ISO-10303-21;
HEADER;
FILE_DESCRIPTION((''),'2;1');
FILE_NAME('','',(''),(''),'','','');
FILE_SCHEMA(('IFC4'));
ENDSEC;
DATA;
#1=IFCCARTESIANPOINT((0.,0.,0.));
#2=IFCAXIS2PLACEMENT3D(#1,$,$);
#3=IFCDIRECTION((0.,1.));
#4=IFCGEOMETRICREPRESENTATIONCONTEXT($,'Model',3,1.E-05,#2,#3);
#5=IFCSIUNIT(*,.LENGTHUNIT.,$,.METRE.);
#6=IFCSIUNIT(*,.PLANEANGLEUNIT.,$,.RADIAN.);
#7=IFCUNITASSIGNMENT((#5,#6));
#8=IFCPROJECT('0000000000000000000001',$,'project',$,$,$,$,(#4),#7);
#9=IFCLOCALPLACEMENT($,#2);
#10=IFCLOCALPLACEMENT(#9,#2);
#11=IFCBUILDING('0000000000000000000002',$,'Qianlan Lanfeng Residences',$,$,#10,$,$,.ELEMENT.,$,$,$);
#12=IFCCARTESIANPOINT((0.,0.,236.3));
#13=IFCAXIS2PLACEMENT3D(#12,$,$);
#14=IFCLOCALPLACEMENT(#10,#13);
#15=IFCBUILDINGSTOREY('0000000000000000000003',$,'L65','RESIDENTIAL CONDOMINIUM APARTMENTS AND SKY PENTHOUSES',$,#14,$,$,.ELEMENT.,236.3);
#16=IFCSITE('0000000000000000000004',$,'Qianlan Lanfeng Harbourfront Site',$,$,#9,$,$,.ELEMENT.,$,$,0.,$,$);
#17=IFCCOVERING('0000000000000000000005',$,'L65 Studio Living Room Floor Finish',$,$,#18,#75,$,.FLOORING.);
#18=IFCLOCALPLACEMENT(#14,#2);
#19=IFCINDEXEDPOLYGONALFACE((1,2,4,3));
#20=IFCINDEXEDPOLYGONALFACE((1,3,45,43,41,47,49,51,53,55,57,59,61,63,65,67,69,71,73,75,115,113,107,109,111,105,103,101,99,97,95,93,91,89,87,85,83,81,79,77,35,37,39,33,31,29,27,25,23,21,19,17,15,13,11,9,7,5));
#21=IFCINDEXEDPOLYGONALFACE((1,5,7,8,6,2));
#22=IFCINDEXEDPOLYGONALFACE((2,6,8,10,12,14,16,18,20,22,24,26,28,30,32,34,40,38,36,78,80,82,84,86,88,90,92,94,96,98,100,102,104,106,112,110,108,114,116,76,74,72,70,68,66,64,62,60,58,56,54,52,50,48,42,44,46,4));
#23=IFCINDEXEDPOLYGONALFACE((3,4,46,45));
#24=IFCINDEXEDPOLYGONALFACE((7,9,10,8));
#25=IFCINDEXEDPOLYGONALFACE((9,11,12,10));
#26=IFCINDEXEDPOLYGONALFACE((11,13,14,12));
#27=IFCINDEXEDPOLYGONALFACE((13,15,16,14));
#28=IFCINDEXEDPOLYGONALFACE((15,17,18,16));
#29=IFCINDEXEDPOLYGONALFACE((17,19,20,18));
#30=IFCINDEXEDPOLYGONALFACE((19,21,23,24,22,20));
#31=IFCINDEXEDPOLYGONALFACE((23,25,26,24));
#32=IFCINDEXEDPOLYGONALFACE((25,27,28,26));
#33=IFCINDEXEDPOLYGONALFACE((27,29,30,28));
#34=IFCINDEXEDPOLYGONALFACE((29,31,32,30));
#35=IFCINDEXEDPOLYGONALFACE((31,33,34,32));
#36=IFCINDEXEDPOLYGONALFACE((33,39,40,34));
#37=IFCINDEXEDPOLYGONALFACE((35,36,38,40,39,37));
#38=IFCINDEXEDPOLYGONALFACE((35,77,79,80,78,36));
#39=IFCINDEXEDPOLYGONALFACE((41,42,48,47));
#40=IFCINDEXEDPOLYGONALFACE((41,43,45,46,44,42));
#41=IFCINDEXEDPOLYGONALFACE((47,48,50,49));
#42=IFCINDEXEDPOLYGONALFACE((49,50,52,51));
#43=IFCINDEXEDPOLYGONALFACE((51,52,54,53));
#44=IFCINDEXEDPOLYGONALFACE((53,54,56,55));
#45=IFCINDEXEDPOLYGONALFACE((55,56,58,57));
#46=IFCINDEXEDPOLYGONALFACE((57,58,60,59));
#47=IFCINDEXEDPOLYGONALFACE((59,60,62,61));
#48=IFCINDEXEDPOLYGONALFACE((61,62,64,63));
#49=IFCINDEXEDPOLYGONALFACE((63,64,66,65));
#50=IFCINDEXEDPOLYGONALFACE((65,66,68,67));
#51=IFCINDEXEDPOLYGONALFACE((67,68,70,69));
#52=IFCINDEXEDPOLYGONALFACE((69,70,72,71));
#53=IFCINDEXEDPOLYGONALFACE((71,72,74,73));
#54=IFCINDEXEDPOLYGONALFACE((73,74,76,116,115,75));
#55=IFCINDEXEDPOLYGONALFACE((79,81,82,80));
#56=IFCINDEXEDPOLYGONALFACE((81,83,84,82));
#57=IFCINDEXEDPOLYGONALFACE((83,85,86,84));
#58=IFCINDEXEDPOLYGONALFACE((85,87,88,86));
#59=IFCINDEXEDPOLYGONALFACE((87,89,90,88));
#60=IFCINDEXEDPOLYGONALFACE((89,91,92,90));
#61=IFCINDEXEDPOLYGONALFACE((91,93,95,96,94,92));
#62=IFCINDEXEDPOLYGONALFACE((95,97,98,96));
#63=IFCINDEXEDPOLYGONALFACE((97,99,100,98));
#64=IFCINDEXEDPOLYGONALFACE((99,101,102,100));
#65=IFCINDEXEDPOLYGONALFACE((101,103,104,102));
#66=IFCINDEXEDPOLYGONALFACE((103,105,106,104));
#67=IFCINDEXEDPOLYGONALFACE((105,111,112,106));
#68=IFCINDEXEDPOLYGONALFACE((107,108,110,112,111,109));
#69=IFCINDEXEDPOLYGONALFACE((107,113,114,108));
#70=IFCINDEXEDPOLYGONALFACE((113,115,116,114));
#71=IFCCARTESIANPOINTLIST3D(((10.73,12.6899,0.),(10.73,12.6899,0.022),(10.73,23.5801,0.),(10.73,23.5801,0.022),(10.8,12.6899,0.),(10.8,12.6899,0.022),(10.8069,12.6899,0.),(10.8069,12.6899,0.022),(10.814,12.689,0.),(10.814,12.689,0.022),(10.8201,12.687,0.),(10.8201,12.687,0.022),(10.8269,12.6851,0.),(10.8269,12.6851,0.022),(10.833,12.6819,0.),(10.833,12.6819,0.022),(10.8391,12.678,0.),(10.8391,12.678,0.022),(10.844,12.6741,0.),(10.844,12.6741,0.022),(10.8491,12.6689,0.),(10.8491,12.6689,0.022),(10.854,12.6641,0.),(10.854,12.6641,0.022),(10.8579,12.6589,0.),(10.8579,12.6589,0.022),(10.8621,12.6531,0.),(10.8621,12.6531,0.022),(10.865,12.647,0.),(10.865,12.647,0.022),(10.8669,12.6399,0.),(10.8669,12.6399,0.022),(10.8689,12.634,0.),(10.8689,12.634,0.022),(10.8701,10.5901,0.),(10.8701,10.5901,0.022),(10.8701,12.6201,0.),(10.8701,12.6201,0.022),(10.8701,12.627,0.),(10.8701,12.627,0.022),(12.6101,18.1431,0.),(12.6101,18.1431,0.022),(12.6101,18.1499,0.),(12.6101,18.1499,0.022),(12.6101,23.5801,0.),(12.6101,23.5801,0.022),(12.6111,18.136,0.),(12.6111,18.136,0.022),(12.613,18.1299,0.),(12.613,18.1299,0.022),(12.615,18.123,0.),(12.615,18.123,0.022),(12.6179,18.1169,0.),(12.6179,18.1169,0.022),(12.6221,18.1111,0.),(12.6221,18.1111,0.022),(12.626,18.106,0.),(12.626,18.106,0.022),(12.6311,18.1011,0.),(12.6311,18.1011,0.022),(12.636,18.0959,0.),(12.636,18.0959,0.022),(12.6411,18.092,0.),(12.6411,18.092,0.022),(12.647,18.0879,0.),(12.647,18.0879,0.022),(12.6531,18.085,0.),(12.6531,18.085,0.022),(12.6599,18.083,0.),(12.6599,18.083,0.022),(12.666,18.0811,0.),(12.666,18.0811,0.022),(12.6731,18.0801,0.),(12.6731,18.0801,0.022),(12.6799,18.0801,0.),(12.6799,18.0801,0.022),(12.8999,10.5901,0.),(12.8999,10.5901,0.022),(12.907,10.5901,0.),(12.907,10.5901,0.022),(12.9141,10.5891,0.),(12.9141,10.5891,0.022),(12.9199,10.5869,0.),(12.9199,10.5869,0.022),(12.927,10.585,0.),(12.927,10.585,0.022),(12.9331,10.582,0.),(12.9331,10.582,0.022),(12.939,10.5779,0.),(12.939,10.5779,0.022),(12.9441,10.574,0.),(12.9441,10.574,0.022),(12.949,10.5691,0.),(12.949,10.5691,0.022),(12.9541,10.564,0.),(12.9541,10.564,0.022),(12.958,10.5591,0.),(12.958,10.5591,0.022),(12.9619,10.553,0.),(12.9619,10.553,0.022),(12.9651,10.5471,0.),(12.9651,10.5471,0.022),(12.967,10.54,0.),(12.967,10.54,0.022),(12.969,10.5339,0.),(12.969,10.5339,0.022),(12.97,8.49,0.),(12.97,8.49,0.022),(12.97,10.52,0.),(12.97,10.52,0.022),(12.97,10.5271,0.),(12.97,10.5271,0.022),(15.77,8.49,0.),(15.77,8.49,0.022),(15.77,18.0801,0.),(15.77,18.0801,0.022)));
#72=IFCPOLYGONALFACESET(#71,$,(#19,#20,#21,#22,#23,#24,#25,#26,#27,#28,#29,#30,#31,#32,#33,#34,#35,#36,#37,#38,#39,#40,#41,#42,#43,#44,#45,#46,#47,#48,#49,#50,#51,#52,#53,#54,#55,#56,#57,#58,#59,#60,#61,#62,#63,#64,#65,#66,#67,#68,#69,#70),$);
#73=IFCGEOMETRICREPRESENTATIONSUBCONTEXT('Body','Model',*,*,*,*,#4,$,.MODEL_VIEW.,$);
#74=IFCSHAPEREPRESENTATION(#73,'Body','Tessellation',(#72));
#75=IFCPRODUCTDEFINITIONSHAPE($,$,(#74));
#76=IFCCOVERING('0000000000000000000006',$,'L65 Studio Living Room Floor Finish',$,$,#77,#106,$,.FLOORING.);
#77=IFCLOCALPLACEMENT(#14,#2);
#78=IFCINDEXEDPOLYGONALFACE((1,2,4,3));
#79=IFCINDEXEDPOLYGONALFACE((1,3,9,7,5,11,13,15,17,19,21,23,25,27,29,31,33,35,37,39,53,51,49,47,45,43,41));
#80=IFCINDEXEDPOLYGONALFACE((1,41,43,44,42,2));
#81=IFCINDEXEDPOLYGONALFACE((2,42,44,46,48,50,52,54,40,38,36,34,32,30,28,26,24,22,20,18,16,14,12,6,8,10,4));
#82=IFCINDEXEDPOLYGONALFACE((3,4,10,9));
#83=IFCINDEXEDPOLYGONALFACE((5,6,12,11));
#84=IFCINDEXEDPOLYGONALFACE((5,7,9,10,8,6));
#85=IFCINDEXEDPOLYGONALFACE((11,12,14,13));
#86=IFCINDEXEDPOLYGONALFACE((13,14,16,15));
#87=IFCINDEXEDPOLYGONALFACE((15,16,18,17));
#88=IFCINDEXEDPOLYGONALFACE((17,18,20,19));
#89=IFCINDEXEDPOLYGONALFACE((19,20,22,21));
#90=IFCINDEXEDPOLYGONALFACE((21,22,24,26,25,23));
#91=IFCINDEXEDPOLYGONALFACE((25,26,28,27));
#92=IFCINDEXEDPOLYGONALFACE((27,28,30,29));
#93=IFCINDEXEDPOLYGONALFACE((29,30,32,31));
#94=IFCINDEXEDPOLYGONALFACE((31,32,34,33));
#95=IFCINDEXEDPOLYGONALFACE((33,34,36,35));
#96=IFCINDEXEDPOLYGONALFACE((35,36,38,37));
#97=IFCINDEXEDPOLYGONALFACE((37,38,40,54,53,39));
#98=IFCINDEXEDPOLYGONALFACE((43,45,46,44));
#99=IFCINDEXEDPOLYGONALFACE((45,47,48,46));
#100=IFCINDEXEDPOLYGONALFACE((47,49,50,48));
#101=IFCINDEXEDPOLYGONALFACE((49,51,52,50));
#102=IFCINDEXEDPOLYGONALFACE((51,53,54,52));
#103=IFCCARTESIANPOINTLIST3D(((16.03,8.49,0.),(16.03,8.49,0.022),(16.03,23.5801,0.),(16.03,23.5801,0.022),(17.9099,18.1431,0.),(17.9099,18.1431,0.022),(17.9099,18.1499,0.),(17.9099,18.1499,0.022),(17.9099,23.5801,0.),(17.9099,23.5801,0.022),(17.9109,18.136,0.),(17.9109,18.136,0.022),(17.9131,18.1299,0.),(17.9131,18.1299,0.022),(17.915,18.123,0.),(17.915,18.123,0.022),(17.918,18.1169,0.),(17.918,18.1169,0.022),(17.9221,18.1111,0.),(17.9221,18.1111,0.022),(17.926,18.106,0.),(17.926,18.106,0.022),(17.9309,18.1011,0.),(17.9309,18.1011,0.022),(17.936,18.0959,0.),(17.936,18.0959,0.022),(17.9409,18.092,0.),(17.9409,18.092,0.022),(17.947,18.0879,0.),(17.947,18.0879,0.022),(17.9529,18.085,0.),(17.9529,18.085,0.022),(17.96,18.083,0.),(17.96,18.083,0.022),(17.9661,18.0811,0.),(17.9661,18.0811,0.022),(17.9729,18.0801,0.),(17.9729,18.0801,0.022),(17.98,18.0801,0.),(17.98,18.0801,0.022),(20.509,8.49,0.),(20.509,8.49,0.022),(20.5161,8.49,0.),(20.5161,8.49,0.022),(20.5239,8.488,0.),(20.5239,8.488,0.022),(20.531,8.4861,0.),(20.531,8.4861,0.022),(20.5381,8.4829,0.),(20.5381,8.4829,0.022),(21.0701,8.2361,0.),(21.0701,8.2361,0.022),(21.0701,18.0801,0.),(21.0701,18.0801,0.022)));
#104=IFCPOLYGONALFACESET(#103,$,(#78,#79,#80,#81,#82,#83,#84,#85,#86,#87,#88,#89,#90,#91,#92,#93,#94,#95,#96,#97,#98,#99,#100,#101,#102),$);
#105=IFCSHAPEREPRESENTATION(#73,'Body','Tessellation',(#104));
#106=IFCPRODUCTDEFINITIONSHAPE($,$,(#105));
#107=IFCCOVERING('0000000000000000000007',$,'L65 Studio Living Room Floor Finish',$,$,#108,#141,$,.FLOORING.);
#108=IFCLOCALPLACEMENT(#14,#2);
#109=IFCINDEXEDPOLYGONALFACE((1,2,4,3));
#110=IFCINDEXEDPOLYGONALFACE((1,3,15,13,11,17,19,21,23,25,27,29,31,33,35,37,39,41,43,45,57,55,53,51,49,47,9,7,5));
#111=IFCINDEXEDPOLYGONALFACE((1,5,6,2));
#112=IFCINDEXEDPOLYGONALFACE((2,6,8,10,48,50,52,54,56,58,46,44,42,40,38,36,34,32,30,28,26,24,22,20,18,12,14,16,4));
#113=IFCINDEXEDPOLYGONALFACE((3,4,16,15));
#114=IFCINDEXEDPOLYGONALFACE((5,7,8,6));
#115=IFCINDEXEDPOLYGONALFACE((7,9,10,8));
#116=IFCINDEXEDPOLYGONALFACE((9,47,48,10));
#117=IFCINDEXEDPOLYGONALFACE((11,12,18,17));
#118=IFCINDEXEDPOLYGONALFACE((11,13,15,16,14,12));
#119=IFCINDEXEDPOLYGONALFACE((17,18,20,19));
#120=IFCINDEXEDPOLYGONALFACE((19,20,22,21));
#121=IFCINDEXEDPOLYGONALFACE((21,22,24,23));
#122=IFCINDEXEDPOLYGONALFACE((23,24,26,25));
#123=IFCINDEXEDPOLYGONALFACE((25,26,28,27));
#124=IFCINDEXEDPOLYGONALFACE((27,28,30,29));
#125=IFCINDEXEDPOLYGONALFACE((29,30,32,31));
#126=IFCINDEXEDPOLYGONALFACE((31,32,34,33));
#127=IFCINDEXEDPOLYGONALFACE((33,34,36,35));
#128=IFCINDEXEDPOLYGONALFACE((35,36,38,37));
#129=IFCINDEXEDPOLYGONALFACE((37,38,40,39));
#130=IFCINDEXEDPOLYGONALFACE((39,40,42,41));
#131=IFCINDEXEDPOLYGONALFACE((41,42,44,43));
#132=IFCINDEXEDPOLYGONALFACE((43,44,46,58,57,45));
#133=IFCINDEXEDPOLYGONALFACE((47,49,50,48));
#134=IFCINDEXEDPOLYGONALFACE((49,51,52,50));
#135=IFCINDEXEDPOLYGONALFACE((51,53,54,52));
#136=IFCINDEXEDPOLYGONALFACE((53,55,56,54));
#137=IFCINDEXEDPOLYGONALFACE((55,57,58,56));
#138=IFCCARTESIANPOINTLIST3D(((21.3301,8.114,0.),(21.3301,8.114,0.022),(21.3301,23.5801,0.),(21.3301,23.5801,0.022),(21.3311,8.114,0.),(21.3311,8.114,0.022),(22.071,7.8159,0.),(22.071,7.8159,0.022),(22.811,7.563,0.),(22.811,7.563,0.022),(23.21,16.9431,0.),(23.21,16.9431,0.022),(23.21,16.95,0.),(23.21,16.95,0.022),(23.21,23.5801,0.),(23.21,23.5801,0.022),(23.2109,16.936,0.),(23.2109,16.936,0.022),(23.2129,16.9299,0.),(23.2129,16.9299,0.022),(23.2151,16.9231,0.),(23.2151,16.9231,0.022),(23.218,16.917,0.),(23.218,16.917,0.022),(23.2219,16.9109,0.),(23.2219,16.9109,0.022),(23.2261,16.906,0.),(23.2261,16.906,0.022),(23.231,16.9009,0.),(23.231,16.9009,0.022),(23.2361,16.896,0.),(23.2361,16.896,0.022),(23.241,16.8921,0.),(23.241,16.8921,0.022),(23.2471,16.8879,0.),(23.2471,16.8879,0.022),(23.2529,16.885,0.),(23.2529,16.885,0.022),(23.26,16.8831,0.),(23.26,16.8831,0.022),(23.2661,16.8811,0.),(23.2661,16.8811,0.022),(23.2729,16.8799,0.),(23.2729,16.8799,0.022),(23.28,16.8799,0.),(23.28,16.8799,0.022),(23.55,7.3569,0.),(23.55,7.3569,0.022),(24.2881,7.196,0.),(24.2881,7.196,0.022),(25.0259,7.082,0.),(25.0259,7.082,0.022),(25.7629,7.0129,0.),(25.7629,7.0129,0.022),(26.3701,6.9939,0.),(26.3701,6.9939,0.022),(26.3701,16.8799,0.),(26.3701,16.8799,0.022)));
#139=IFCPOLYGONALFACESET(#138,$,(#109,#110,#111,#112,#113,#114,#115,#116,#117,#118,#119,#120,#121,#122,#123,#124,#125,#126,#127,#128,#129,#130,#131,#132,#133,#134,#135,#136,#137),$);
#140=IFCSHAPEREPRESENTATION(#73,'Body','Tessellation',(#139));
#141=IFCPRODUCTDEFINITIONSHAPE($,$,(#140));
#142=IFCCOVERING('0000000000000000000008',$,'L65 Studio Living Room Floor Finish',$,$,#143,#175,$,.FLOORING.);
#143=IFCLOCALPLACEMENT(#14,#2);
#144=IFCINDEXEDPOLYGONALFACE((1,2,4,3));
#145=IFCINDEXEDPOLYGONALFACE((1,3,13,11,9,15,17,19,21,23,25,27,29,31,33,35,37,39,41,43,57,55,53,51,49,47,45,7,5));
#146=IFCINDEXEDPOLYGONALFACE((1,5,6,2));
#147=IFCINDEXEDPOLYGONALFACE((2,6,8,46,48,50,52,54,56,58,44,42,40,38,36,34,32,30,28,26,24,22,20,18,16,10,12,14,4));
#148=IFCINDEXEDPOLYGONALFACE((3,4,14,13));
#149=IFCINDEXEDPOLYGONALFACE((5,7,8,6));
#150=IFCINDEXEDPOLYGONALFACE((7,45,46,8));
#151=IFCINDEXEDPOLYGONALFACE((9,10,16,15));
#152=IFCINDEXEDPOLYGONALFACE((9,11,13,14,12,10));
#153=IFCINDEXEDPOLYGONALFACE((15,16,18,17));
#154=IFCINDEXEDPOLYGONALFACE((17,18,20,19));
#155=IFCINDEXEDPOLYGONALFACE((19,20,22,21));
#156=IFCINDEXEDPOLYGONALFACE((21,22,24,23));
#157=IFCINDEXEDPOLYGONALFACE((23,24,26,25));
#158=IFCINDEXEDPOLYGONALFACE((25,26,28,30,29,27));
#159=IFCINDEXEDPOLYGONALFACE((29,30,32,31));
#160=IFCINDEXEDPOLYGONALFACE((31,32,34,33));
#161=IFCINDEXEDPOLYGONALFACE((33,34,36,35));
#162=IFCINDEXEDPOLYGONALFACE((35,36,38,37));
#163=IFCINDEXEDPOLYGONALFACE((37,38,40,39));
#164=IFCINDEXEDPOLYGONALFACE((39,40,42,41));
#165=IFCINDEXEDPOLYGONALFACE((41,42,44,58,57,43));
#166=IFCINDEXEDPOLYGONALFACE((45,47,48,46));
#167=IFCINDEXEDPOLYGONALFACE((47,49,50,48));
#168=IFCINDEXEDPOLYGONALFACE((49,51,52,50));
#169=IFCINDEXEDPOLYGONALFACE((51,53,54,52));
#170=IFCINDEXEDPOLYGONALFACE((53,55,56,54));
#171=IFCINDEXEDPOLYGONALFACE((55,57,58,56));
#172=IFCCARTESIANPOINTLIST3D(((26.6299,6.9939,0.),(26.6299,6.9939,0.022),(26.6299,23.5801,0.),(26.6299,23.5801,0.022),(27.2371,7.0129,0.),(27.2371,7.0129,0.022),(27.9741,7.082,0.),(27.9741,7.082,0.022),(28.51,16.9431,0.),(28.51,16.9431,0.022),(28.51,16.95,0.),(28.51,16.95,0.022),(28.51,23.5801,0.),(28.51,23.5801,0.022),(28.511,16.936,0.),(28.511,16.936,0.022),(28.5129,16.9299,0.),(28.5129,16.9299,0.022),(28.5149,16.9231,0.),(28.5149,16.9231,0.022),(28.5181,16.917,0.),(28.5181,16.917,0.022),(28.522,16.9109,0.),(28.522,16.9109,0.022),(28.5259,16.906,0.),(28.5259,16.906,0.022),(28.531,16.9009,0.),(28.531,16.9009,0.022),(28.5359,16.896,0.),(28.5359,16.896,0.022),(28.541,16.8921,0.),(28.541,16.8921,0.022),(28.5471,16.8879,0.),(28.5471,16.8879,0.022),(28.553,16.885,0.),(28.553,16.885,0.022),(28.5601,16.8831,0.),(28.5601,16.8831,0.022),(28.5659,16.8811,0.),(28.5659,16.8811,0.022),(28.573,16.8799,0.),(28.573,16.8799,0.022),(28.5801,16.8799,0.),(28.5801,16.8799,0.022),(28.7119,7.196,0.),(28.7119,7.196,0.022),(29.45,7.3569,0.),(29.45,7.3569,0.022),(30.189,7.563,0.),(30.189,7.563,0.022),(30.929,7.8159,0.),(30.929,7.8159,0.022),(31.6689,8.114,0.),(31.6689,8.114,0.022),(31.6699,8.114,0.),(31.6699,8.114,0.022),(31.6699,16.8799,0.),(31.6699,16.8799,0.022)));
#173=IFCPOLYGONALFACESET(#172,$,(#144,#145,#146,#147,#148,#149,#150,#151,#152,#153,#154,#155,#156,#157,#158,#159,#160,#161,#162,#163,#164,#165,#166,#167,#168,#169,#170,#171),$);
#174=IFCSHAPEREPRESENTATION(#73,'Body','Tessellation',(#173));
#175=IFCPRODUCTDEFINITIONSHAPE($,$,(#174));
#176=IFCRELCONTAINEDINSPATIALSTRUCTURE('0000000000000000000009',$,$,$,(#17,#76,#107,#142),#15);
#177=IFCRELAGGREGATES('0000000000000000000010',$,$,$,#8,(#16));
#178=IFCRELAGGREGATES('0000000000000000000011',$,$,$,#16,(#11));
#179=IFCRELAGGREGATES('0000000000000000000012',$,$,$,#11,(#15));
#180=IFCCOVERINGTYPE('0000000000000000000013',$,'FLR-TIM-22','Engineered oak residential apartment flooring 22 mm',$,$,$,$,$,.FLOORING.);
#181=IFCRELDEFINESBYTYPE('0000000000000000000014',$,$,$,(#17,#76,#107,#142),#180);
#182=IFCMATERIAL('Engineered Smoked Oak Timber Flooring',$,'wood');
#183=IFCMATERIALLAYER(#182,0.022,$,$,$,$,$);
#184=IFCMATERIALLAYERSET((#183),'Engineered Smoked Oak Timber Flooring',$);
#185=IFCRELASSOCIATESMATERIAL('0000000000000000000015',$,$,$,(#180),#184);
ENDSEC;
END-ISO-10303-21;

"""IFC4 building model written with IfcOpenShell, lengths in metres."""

from ifc_helpers import new_model, si_unit, direction, frame, origin, place, context, subcontext, project, spatial, polyline, outline, extrude, material, layer, layer_set, type_object, element, save


model = new_model("IFC4")

# Units and contexts
model_context = context("Model", 3, precision=1e-05, world=origin(), true_north=direction((0.0, 1.0)))
body_context = subcontext(model_context, "Body", "Model", "MODEL_VIEW")
ifc_project = project(units=[si_unit("LENGTHUNIT", "METRE"), si_unit("PLANEANGLEUNIT", "RADIAN")], contexts=[model_context])

# Site, building, storey
site_placement = place(None, origin())
site = spatial("IfcSite", under=ifc_project, at=site_placement, Name="Qianlan Lanfeng Harbourfront Site", CompositionType="ELEMENT", RefElevation=0.0)
building_placement = place(site_placement, origin())
building = spatial("IfcBuilding", under=site, at=building_placement, Name="Qianlan Lanfeng Residences", CompositionType="ELEMENT")
storey_placement = place(building_placement, frame((0.0, 0.0, 236.3)))
storey = spatial("IfcBuildingStorey", under=building, at=storey_placement, Name="L65", Description="RESIDENTIAL CONDOMINIUM APARTMENTS AND SKY PENTHOUSES", CompositionType="ELEMENT", Elevation=236.3)

# Coverings
ifc_material_1 = material(Name="Engineered Smoked Oak Timber Flooring", Category="wood")
ifc_layer_1 = layer(ifc_material_1, 0.022)
ifc_layer_set_1 = layer_set([ifc_layer_1], Name="Engineered Smoked Oak Timber Flooring")
covering_type_1 = type_object("IfcCoveringType", Name="FLR-TIM-22", Description="Engineered oak residential apartment flooring 22 mm", PredefinedType="FLOORING", material=ifc_layer_set_1)
covering_1_placement = place(storey_placement, origin())
element("IfcCovering", 1, at=covering_1_placement, inside=storey, type_object=covering_type_1, Name="L65 Studio Living Room Floor Finish", PredefinedType="FLOORING", context=body_context, shape_type="SweptSolid", body=[
    extrude(outline(polyline([(15.77, 8.49), (15.77, 18.0801), (12.6799, 18.0801), (12.6731, 18.0801), (12.666, 18.0811), (12.6599, 18.083), (12.6531, 18.085), (12.647, 18.0879), (12.6411, 18.092), (12.636, 18.0959), (12.6311, 18.1011), (12.626, 18.106), (12.6221, 18.1111), (12.6179, 18.1169), (12.615, 18.123), (12.613, 18.1299), (12.6111, 18.136), (12.6101, 18.1431), (12.6101, 18.1499), (12.6101, 23.5801), (10.73, 23.5801), (10.73, 12.6899), (10.8, 12.6899), (10.8069, 12.6899), (10.814, 12.689), (10.8201, 12.687), (10.8269, 12.6851), (10.833, 12.6819), (10.8391, 12.678), (10.844, 12.6741), (10.8491, 12.6689), (10.854, 12.6641), (10.8579, 12.6589), (10.8621, 12.6531), (10.865, 12.647), (10.8669, 12.6399), (10.8689, 12.634), (10.8701, 12.627), (10.8701, 12.6201), (10.8701, 10.5901), (12.8999, 10.5901), (12.907, 10.5901), (12.9141, 10.5891), (12.9199, 10.5869), (12.927, 10.585), (12.9331, 10.582), (12.939, 10.5779), (12.9441, 10.574), (12.949, 10.5691), (12.9541, 10.564), (12.958, 10.5591), (12.9619, 10.553), (12.9651, 10.5471), (12.967, 10.54), (12.969, 10.5339), (12.97, 10.5271), (12.97, 10.52), (12.97, 8.49), (15.77, 8.49)])), origin(), (0.0, 0.0, 1.0), 0.022),
])
covering_2_placement = place(storey_placement, origin())
element("IfcCovering", 2, at=covering_2_placement, inside=storey, type_object=covering_type_1, Name="L65 Studio Living Room Floor Finish", PredefinedType="FLOORING", context=body_context, shape_type="SweptSolid", body=[
    extrude(outline(polyline([(21.0701, 8.2361), (21.0701, 18.0801), (17.98, 18.0801), (17.9729, 18.0801), (17.9661, 18.0811), (17.96, 18.083), (17.9529, 18.085), (17.947, 18.0879), (17.9409, 18.092), (17.936, 18.0959), (17.9309, 18.1011), (17.926, 18.106), (17.9221, 18.1111), (17.918, 18.1169), (17.915, 18.123), (17.9131, 18.1299), (17.9109, 18.136), (17.9099, 18.1431), (17.9099, 18.1499), (17.9099, 23.5801), (16.03, 23.5801), (16.03, 8.49), (20.509, 8.49), (20.5161, 8.49), (20.5239, 8.488), (20.531, 8.4861), (20.5381, 8.4829), (21.0701, 8.2361)])), origin(), (0.0, 0.0, 1.0), 0.022),
])
covering_3_placement = place(storey_placement, origin())
element("IfcCovering", 3, at=covering_3_placement, inside=storey, type_object=covering_type_1, Name="L65 Studio Living Room Floor Finish", PredefinedType="FLOORING", context=body_context, shape_type="SweptSolid", body=[
    extrude(outline(polyline([(26.3701, 6.9939), (26.3701, 16.8799), (23.28, 16.8799), (23.2729, 16.8799), (23.2661, 16.8811), (23.26, 16.8831), (23.2529, 16.885), (23.2471, 16.8879), (23.241, 16.8921), (23.2361, 16.896), (23.231, 16.9009), (23.2261, 16.906), (23.2219, 16.9109), (23.218, 16.917), (23.2151, 16.9231), (23.2129, 16.9299), (23.2109, 16.936), (23.21, 16.9431), (23.21, 16.95), (23.21, 23.5801), (21.3301, 23.5801), (21.3301, 8.114), (21.3311, 8.114), (22.071, 7.8159), (22.811, 7.563), (23.55, 7.3569), (24.2881, 7.196), (25.0259, 7.082), (25.7629, 7.0129), (26.3701, 6.9939)])), origin(), (0.0, 0.0, 1.0), 0.022),
])
covering_4_placement = place(storey_placement, origin())
element("IfcCovering", 4, at=covering_4_placement, inside=storey, type_object=covering_type_1, Name="L65 Studio Living Room Floor Finish", PredefinedType="FLOORING", context=body_context, shape_type="SweptSolid", body=[
    extrude(outline(polyline([(31.6699, 8.114), (31.6699, 16.8799), (28.5801, 16.8799), (28.573, 16.8799), (28.5659, 16.8811), (28.5601, 16.8831), (28.553, 16.885), (28.5471, 16.8879), (28.541, 16.8921), (28.5359, 16.896), (28.531, 16.9009), (28.5259, 16.906), (28.522, 16.9109), (28.5181, 16.917), (28.5149, 16.9231), (28.5129, 16.9299), (28.511, 16.936), (28.51, 16.9431), (28.51, 16.95), (28.51, 23.5801), (26.6299, 23.5801), (26.6299, 6.9939), (27.2371, 7.0129), (27.9741, 7.082), (28.7119, 7.196), (29.45, 7.3569), (30.189, 7.563), (30.929, 7.8159), (31.6689, 8.114), (31.6699, 8.114)])), origin(), (0.0, 0.0, 1.0), 0.022),
])

save(model, "model.ifc")
